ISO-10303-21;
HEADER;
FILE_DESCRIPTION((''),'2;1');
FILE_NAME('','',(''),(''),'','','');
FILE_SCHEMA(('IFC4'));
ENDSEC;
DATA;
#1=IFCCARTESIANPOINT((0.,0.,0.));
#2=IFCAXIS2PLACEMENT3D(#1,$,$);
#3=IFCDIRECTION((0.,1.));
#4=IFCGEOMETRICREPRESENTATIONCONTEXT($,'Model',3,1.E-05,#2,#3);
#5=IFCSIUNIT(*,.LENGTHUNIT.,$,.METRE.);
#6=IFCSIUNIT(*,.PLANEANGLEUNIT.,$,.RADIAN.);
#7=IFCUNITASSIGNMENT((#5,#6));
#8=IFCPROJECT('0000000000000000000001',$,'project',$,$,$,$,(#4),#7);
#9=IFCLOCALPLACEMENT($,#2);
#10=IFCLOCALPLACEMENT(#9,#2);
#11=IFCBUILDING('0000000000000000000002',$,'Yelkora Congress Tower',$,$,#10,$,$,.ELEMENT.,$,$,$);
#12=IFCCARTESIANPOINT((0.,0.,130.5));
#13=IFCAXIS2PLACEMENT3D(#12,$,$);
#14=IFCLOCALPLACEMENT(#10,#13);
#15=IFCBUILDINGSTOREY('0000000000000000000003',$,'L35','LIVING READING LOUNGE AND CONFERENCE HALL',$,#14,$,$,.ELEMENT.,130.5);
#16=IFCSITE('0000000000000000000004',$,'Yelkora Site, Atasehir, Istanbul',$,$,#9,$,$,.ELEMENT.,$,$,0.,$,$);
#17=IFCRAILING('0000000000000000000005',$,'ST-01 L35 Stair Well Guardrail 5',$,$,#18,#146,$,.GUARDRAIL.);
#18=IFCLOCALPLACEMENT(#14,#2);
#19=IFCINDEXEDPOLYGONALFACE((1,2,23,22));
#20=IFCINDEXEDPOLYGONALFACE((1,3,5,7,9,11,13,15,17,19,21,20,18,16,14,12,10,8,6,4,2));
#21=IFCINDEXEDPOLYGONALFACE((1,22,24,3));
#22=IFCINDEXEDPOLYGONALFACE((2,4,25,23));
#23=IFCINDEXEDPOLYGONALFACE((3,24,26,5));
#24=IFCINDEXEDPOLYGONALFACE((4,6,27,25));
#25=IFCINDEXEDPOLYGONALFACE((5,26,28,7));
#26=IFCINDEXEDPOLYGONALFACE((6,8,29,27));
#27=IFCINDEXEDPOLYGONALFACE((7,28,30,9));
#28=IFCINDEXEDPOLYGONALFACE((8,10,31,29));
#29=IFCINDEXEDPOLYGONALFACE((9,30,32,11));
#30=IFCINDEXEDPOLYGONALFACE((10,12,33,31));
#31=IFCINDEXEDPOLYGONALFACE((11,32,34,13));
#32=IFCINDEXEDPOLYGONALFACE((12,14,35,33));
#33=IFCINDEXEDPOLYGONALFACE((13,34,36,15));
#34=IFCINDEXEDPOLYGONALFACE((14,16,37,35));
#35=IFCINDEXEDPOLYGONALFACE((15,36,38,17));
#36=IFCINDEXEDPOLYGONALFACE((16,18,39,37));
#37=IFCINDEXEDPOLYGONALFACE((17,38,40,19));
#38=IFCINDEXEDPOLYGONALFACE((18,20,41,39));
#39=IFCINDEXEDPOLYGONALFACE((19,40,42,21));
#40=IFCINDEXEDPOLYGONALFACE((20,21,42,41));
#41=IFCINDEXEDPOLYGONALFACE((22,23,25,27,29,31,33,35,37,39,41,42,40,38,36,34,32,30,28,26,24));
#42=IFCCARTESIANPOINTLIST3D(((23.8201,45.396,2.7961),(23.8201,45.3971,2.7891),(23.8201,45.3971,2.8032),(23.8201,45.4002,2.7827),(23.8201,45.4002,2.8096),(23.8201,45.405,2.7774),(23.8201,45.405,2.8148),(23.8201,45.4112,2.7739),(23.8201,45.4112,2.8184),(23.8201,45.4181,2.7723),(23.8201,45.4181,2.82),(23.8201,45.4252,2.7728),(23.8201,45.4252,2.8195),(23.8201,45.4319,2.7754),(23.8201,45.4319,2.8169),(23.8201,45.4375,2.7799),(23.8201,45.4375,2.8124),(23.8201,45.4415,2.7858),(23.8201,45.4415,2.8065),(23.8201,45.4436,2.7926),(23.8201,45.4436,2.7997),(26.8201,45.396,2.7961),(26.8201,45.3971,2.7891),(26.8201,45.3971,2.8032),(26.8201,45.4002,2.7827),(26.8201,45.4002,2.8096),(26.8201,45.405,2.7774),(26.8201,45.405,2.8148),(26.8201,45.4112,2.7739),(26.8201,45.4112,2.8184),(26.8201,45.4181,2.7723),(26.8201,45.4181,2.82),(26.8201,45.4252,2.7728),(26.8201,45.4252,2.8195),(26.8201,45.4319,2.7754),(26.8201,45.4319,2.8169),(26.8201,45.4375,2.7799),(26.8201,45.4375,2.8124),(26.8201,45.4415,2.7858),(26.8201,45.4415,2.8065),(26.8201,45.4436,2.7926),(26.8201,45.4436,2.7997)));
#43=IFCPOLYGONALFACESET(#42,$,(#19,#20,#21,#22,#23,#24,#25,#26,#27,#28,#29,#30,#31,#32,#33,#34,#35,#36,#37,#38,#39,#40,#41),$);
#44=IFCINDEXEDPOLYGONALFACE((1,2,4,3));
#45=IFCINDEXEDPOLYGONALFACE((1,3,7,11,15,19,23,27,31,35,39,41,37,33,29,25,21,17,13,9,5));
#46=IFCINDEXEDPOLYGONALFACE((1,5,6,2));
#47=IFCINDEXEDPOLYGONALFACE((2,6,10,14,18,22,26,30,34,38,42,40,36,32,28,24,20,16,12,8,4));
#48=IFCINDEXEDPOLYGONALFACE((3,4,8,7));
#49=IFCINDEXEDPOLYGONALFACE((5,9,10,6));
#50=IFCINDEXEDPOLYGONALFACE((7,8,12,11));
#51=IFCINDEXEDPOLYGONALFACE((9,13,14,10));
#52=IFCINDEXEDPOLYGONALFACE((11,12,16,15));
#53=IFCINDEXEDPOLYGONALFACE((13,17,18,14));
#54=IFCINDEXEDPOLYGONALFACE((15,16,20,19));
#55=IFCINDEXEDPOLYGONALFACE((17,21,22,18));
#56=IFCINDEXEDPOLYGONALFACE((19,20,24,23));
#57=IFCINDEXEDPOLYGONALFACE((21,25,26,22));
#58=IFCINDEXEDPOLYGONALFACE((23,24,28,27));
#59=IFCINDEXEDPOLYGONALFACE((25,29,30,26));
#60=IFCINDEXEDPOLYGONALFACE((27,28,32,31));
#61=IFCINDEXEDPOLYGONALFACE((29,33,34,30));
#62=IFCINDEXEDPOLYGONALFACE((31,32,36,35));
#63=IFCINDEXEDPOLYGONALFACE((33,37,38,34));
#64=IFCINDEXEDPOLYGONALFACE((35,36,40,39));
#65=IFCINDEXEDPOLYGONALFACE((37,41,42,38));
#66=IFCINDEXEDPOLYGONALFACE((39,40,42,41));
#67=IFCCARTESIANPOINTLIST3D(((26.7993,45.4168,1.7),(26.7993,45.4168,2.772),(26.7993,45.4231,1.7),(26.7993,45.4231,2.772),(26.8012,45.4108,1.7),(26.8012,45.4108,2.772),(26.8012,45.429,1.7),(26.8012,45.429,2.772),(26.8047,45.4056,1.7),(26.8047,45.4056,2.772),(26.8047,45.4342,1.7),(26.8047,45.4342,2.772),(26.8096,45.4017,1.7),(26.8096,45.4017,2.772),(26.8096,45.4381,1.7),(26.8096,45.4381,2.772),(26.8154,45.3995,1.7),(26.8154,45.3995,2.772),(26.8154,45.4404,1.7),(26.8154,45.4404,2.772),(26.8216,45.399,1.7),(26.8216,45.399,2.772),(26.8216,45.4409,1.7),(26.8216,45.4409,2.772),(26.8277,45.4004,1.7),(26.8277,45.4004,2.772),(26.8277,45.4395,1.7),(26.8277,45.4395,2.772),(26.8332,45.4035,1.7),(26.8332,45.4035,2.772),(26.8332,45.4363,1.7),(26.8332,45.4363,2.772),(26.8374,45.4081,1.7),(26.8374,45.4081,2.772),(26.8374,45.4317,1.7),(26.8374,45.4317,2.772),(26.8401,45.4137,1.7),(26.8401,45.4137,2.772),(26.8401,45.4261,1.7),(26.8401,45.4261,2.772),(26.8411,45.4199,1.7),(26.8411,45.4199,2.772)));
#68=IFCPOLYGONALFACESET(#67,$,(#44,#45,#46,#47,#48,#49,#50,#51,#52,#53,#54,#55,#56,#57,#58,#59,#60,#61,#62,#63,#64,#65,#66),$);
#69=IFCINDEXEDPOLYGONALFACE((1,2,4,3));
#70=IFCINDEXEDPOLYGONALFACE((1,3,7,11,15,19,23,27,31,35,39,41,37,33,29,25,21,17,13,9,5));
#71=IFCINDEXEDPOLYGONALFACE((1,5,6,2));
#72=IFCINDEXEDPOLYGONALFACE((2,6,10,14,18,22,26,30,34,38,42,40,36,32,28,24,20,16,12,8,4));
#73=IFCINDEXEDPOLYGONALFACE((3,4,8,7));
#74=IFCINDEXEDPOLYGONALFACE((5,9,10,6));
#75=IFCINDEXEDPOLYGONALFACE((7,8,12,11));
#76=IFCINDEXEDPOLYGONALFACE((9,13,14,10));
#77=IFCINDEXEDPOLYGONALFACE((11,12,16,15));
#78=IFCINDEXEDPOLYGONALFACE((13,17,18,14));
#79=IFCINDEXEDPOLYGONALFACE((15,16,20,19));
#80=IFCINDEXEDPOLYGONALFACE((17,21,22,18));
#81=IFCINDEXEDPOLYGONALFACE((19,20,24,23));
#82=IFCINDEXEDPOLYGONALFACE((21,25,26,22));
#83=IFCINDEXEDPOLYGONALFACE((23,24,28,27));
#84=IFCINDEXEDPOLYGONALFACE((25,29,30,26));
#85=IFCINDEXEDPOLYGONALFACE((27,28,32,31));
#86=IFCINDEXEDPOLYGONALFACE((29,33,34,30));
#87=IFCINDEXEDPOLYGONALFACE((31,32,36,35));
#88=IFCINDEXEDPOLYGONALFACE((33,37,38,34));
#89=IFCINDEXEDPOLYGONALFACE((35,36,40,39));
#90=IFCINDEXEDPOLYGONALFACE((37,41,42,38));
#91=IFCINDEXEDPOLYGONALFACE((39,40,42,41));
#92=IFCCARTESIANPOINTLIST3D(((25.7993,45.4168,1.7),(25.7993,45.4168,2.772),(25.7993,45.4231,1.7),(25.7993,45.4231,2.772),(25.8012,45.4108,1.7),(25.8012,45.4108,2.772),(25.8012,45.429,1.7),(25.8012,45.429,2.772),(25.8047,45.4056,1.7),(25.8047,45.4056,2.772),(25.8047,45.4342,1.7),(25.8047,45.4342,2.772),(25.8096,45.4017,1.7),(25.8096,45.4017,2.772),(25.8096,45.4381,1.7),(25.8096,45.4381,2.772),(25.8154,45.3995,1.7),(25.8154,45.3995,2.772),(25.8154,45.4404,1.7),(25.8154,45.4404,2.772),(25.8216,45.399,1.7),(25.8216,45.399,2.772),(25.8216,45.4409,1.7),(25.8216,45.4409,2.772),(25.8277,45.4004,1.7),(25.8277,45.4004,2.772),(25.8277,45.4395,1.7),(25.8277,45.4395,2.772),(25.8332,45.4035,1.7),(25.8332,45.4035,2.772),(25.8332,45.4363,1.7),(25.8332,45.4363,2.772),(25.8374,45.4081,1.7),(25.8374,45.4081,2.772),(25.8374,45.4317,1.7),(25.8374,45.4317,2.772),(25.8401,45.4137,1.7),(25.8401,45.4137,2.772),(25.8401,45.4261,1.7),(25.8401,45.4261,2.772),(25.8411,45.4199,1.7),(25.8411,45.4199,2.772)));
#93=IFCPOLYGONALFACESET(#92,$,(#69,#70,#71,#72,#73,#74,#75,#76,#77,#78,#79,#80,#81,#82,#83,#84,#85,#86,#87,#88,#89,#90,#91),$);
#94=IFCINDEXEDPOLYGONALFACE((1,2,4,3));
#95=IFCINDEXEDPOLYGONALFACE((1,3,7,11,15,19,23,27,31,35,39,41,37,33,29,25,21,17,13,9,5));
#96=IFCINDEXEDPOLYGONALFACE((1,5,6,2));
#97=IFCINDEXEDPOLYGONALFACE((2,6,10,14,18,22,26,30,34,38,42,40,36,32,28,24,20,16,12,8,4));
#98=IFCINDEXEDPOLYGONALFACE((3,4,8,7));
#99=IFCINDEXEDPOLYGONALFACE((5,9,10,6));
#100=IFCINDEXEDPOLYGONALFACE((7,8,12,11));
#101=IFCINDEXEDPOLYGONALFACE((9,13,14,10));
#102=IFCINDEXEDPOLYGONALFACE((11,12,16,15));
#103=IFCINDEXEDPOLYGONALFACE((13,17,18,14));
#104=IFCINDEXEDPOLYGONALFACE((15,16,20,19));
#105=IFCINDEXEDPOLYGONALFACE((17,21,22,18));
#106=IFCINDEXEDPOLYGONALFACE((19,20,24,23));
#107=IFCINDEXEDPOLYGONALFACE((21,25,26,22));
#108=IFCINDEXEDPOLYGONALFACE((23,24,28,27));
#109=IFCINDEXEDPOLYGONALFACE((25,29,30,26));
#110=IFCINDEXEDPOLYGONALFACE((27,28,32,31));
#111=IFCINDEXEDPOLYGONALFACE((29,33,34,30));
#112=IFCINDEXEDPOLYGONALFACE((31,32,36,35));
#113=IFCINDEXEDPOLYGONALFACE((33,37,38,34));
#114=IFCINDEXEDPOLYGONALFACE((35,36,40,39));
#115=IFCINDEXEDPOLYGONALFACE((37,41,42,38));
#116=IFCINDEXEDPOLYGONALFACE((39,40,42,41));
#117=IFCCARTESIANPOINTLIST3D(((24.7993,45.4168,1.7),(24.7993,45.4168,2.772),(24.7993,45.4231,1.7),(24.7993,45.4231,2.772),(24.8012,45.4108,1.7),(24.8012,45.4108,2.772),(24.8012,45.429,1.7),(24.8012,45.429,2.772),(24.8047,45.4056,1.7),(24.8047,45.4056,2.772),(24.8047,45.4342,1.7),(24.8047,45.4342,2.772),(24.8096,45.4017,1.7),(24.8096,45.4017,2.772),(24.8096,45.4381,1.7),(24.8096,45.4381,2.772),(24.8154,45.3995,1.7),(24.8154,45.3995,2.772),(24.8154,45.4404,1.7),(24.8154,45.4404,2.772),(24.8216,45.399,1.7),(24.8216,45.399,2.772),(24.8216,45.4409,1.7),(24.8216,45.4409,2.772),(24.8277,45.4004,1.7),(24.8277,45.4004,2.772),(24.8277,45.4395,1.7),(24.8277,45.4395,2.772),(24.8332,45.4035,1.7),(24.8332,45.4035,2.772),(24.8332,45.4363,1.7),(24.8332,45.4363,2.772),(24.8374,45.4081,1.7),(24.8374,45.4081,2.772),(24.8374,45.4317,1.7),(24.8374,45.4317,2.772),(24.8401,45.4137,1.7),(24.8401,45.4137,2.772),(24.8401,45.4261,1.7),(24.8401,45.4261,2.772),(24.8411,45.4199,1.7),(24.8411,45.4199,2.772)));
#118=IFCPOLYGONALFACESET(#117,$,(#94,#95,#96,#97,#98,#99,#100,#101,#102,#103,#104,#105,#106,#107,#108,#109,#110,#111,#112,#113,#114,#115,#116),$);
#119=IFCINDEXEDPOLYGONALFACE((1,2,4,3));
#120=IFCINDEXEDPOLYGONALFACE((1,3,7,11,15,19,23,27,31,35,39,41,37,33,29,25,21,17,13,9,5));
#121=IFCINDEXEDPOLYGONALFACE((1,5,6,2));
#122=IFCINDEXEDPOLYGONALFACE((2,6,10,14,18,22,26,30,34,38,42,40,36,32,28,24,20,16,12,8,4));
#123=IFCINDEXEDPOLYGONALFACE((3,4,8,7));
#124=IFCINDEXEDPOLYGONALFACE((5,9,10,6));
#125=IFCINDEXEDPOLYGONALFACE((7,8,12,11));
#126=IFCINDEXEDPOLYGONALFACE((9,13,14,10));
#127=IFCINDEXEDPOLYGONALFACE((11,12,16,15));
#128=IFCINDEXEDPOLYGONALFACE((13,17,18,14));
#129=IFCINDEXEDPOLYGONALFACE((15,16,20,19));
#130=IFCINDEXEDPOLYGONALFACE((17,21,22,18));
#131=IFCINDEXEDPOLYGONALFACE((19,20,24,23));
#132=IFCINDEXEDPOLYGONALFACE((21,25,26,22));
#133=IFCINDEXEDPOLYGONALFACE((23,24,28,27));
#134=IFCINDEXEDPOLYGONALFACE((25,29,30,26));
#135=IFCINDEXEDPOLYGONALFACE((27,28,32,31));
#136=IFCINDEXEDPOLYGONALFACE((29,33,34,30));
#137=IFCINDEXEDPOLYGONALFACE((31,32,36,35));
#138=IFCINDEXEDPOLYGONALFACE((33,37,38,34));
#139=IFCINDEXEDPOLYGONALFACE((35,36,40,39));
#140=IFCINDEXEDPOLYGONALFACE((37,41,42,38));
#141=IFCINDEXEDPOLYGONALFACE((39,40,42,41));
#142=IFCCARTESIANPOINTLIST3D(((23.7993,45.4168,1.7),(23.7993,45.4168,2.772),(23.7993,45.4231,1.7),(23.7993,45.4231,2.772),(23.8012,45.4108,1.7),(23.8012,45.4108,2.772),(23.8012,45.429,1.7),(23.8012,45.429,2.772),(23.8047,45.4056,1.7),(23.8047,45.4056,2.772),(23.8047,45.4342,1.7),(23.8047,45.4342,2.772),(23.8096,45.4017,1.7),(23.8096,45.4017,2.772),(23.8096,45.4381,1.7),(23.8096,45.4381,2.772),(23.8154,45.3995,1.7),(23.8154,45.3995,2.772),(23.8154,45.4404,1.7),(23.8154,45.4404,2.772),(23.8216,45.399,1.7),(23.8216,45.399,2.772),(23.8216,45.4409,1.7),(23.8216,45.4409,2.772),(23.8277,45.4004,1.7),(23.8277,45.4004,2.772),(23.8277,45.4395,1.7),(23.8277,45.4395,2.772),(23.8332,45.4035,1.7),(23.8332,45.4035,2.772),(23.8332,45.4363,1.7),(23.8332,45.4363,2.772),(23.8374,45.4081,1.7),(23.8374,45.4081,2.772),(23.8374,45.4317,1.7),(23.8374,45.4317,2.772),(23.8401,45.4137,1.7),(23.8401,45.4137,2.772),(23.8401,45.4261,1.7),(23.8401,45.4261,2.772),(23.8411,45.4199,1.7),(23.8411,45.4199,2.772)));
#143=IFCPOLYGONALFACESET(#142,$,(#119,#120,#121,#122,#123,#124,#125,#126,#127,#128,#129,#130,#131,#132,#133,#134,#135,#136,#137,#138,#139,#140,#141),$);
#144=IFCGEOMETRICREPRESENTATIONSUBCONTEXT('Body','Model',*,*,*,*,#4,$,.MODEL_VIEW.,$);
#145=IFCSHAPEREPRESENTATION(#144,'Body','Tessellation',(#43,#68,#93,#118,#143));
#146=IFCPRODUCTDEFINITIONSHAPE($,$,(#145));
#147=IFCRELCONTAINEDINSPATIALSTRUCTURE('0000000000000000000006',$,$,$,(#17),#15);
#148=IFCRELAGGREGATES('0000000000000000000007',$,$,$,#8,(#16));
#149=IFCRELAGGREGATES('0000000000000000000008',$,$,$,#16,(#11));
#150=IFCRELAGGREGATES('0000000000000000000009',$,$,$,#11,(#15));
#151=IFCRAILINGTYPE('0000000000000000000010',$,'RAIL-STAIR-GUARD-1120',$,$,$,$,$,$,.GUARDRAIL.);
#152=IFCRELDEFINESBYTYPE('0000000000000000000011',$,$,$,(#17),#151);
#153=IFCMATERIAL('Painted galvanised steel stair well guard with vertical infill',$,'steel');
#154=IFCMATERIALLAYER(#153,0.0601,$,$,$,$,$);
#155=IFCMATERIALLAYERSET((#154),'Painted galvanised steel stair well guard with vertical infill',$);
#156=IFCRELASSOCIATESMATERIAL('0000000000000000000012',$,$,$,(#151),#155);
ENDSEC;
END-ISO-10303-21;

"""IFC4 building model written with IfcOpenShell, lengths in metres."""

from ifc_helpers import new_model, si_unit, direction, frame, origin, origin_2d, place, context, subcontext, project, spatial, circle, extrude, material, layer, layer_set, type_object, element, save


model = new_model("IFC4")

# Units and contexts
model_context = context("Model", 3, precision=1e-05, world=origin(), true_north=direction((0.0, 1.0)))
body_context = subcontext(model_context, "Body", "Model", "MODEL_VIEW")
ifc_project = project(units=[si_unit("LENGTHUNIT", "METRE"), si_unit("PLANEANGLEUNIT", "RADIAN")], contexts=[model_context])

# Site, building, storey
site_placement = place(None, origin())
site = spatial("IfcSite", under=ifc_project, at=site_placement, Name="Yelkora Site, Atasehir, Istanbul", CompositionType="ELEMENT", RefElevation=0.0)
building_placement = place(site_placement, origin())
building = spatial("IfcBuilding", under=site, at=building_placement, Name="Yelkora Congress Tower", CompositionType="ELEMENT")
storey_placement = place(building_placement, frame((0.0, 0.0, 130.5)))
storey = spatial("IfcBuildingStorey", under=building, at=storey_placement, Name="L35", Description="LIVING READING LOUNGE AND CONFERENCE HALL", CompositionType="ELEMENT", Elevation=130.5)

# Railing
ifc_material_1 = material(Name="Painted galvanised steel stair well guard with vertical infill", Category="steel")
ifc_layer_1 = layer(ifc_material_1, 0.0601)
ifc_layer_set_1 = layer_set([ifc_layer_1], Name="Painted galvanised steel stair well guard with vertical infill")
railing_type_1 = type_object("IfcRailingType", Name="RAIL-STAIR-GUARD-1120", PredefinedType="GUARDRAIL", material=ifc_layer_set_1)
railing_1_placement = place(storey_placement, frame((26.8201, 45.4199, 1.7)))
element("IfcRailing", 1, at=railing_1_placement, inside=storey, type_object=railing_type_1, Name="ST-01 L35 Stair Well Guardrail 5", PredefinedType="GUARDRAIL", context=body_context, shape_type="SweptSolid", body=[
    extrude(circle(Radius=0.0239, at=origin_2d()), frame((0.0, 0.0, 1.0962), z_axis=(-1.0, 0.0, 0.0), x_axis=(0.0, -1.0, 0.0)), (0.0, 0.0, 1.0), 3.0),
    extrude(circle(Radius=0.021, at=origin_2d()), origin(), (0.0, 0.0, 1.0), 1.072),
    extrude(circle(Radius=0.021, at=origin_2d()), frame((-1.0, 0.0, 0.0)), (0.0, 0.0, 1.0), 1.072),
    extrude(circle(Radius=0.021, at=origin_2d()), frame((-2.0, 0.0, 0.0)), (0.0, 0.0, 1.0), 1.072),
    extrude(circle(Radius=0.021, at=origin_2d()), frame((-3.0, 0.0, 0.0)), (0.0, 0.0, 1.0), 1.072),
])

save(model, "model.ifc")
